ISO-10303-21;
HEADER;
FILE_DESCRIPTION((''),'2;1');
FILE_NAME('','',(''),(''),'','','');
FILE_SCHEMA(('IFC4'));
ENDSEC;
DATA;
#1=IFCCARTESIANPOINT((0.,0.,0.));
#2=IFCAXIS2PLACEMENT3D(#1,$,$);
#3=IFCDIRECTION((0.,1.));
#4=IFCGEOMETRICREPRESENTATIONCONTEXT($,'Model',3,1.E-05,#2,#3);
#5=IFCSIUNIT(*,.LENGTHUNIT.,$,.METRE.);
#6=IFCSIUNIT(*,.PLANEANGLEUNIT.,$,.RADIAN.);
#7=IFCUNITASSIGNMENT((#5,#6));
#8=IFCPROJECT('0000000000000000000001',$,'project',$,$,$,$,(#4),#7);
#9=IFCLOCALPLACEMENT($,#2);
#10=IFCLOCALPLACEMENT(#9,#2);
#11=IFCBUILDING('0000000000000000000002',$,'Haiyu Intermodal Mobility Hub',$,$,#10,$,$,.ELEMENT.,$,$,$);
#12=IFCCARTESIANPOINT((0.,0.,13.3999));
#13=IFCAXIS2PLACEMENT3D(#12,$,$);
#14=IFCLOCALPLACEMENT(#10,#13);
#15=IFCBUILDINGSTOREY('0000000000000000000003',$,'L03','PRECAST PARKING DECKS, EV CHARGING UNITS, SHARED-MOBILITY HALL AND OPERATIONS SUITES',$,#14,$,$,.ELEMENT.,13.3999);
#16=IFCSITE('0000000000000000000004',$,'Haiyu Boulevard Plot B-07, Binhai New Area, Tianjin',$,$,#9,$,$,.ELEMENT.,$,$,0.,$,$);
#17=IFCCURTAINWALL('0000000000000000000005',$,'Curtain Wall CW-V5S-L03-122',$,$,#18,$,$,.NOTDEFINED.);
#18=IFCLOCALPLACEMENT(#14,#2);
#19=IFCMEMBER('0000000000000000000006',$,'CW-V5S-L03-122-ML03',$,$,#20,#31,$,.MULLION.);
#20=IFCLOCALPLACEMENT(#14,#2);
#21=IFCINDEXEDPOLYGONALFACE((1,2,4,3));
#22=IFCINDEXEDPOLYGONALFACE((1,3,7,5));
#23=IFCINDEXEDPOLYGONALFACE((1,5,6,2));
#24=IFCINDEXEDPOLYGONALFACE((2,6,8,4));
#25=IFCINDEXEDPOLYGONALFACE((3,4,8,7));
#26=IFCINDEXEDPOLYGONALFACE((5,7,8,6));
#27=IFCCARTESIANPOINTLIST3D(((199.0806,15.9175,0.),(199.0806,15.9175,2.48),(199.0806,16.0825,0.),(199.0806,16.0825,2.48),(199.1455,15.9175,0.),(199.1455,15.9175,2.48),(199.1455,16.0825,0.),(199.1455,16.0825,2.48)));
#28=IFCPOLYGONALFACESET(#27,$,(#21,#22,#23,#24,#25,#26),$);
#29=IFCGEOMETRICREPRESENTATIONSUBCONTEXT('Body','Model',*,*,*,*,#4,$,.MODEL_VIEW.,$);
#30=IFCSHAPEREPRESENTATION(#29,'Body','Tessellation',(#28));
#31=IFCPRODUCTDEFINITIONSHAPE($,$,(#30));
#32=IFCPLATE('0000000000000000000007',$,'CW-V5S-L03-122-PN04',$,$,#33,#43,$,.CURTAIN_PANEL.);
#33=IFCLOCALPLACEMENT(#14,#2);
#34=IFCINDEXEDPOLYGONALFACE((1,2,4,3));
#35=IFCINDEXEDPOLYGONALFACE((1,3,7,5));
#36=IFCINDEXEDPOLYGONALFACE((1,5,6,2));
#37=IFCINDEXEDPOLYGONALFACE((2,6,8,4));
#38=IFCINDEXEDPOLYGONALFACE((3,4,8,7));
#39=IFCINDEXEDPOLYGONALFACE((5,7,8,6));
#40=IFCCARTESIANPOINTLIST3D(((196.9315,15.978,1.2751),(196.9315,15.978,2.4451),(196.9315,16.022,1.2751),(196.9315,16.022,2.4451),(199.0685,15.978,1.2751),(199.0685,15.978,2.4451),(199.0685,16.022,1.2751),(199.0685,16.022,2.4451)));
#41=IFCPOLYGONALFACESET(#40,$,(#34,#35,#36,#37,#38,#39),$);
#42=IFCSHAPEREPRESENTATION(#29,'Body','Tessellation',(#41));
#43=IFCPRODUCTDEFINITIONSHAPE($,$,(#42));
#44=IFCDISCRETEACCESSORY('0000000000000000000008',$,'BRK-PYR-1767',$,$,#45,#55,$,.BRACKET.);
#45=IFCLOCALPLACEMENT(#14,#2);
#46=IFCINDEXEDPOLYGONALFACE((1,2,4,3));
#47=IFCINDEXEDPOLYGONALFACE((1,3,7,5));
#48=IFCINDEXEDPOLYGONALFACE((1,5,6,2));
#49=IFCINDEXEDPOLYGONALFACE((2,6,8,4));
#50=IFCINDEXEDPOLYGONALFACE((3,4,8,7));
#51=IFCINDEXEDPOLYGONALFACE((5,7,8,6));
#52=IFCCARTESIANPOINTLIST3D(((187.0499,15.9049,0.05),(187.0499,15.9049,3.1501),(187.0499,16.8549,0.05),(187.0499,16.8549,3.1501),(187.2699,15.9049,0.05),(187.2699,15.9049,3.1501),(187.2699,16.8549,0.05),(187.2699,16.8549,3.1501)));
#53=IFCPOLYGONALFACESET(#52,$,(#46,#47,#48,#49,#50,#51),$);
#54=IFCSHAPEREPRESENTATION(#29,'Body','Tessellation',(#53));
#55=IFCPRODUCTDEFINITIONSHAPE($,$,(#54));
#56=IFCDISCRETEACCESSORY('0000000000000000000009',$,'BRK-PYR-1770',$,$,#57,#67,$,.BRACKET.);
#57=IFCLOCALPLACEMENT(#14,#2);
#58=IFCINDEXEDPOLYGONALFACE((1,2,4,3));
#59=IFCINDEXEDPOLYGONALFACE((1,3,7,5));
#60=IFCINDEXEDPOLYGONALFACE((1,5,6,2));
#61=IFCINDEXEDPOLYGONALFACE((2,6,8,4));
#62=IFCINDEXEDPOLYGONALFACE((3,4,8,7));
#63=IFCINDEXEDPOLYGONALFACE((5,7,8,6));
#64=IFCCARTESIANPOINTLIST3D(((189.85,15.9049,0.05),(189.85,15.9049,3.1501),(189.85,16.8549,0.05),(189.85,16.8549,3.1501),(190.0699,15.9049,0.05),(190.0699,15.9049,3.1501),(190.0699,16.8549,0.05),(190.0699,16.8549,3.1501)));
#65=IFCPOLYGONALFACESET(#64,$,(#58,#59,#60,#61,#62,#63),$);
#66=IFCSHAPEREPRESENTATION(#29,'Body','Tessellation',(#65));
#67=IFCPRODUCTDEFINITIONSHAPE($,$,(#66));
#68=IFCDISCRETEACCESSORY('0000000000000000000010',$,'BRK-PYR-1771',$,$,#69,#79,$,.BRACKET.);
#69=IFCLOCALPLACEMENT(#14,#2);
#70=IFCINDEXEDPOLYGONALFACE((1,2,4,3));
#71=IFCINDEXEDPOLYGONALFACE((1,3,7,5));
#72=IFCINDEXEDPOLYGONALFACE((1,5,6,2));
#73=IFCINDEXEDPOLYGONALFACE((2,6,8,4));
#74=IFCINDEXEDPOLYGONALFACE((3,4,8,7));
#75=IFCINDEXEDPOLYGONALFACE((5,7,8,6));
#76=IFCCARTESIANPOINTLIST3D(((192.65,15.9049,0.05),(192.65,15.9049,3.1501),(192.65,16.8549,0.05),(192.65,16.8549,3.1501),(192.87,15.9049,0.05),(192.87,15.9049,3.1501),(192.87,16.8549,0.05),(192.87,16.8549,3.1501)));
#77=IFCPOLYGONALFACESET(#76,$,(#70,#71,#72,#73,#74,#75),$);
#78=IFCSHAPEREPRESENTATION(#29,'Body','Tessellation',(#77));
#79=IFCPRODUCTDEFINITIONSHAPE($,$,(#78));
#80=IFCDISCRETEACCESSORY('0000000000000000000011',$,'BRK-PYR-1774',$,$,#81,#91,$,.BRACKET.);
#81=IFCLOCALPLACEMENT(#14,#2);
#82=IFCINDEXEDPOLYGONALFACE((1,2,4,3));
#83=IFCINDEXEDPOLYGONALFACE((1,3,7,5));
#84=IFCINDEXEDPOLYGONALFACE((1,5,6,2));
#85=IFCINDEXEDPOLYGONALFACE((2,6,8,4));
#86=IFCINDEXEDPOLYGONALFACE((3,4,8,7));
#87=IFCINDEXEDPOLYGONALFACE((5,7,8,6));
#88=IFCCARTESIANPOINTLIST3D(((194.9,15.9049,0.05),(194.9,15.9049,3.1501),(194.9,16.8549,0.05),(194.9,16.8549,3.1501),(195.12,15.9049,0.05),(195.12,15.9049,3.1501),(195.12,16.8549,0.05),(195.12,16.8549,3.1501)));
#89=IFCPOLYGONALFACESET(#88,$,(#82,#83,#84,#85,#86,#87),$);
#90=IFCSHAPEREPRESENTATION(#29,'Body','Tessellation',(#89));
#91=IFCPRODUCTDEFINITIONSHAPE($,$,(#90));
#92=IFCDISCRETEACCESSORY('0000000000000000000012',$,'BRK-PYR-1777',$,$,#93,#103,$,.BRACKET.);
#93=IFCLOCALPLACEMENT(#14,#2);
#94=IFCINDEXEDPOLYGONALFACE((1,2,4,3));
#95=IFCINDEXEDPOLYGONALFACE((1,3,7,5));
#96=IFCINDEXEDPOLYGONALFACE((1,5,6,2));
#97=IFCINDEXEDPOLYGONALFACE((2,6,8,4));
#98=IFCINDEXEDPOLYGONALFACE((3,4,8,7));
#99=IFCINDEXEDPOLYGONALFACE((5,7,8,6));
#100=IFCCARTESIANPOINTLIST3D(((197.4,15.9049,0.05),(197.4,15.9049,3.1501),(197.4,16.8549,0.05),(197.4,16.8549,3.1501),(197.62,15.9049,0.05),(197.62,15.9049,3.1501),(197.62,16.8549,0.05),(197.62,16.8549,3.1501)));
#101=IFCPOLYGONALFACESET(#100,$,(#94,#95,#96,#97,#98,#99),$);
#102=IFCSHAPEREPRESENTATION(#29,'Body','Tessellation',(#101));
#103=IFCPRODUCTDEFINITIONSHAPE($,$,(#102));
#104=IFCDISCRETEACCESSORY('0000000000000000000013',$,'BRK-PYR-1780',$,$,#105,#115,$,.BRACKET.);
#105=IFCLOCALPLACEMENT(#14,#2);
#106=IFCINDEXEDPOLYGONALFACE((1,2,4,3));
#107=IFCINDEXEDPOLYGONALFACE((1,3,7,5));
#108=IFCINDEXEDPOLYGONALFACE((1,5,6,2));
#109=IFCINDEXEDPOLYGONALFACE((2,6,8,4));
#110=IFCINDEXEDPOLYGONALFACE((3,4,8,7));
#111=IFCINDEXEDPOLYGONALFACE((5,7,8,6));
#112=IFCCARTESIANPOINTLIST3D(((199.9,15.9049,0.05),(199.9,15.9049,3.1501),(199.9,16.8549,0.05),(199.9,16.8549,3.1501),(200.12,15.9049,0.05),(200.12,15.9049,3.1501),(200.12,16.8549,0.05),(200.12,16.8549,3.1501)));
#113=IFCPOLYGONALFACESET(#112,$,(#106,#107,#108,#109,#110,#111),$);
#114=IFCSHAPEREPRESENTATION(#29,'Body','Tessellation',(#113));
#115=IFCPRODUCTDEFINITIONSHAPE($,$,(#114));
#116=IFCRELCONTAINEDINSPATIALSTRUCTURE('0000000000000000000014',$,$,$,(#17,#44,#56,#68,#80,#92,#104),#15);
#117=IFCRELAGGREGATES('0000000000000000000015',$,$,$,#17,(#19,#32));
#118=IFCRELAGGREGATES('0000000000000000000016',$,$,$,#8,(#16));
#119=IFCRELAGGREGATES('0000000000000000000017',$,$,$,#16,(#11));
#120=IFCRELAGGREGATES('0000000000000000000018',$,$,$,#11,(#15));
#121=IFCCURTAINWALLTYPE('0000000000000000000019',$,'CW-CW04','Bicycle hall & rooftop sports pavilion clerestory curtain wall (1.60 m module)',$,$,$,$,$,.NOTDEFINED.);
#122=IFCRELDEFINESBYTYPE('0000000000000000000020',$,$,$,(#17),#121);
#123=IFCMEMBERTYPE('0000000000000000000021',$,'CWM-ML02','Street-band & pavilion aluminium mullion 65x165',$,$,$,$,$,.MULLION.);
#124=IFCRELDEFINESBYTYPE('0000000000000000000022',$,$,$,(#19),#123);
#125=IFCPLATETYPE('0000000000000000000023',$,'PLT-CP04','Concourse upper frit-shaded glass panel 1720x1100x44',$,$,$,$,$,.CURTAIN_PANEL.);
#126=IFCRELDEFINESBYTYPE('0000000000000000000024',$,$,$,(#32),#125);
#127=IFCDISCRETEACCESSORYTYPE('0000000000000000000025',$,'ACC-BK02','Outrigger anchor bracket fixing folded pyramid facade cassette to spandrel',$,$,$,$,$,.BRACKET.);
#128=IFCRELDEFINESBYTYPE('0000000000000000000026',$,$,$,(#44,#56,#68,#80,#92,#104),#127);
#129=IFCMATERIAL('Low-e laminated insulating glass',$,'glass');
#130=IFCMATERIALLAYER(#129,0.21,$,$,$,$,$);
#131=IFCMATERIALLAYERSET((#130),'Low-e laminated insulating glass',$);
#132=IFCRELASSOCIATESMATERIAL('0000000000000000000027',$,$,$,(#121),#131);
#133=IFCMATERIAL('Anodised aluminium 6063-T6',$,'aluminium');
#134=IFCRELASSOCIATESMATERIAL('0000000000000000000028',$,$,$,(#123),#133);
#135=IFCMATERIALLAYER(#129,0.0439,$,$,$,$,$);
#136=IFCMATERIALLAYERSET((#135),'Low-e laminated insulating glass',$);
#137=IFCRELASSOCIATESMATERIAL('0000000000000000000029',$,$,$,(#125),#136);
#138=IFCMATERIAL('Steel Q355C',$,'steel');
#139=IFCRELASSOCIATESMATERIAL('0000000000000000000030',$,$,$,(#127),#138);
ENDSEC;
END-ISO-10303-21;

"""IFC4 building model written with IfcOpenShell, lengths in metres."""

from ifc_helpers import new_model, si_unit, direction, frame, origin, origin_2d, place, context, subcontext, project, spatial, rectangle, extrude, material, layer, layer_set, material_profile, profile_set, type_object, element, aggregate, save


model = new_model("IFC4")

# Units and contexts
model_context = context("Model", 3, precision=1e-05, world=origin(), true_north=direction((0.0, 1.0)))
body_context = subcontext(model_context, "Body", "Model", "MODEL_VIEW")
ifc_project = project(units=[si_unit("LENGTHUNIT", "METRE"), si_unit("PLANEANGLEUNIT", "RADIAN")], contexts=[model_context])

# Site, building, storey
site_placement = place(None, origin())
site = spatial("IfcSite", under=ifc_project, at=site_placement, Name="Haiyu Boulevard Plot B-07, Binhai New Area, Tianjin", CompositionType="ELEMENT", RefElevation=0.0)
building_placement = place(site_placement, origin())
building = spatial("IfcBuilding", under=site, at=building_placement, Name="Haiyu Intermodal Mobility Hub", CompositionType="ELEMENT")
storey_placement = place(building_placement, frame((0.0, 0.0, 13.3999)))
storey = spatial("IfcBuildingStorey", under=building, at=storey_placement, Name="L03", Description="PRECAST PARKING DECKS, EV CHARGING UNITS, SHARED-MOBILITY HALL AND OPERATIONS SUITES", CompositionType="ELEMENT", Elevation=13.3999)

# Curtain wall, member, plate
ifc_material_1 = material(Name="Low-e laminated insulating glass", Category="glass")
ifc_layer_1 = layer(ifc_material_1, 0.21)
ifc_layer_set_1 = layer_set([ifc_layer_1], Name="Low-e laminated insulating glass")
curtain_wall_type = type_object("IfcCurtainWallType", Name="CW-CW04", Description="Bicycle hall & rooftop sports pavilion clerestory curtain wall (1.60 m module)", PredefinedType="NOTDEFINED", material=ifc_layer_set_1)
curtain_wall_placement = place(storey_placement, origin())
curtain_wall = element("IfcCurtainWall", 1, at=curtain_wall_placement, inside=storey, type_object=curtain_wall_type, Name="Curtain Wall CW-V5S-L03-122", PredefinedType="NOTDEFINED")
ifc_material_2 = material(Name="Anodised aluminium 6063-T6", Category="aluminium")
ifc_material_profile_1 = material_profile(ifc_material_2, rectangle(XDim=0.0649, YDim=0.165, at=origin_2d()), Name="ALU65x165")
ifc_profile_set_1 = profile_set([ifc_material_profile_1], Name="Anodised aluminium 6063-T6")
member_type = type_object("IfcMemberType", Name="CWM-ML02", Description="Street-band & pavilion aluminium mullion 65x165", PredefinedType="MULLION", material=ifc_profile_set_1)
member_placement = place(storey_placement, frame((199.113, 16.0, 0.0), z_axis=(0.0, 0.0, 1.0), x_axis=(1.0, 0.0, 0.0)))
member = element("IfcMember", 2, at=member_placement, type_object=member_type, Name="CW-V5S-L03-122-ML03", PredefinedType="MULLION", context=body_context, shape_type="SweptSolid", body=[
    extrude(rectangle(XDim=0.0649, YDim=0.165, at=origin_2d()), origin(), (0.0, 0.0, 1.0), 2.48),
])
ifc_layer_2 = layer(ifc_material_1, 0.0439)
ifc_layer_set_2 = layer_set([ifc_layer_2], Name="Low-e laminated insulating glass")
plate_type = type_object("IfcPlateType", Name="PLT-CP04", Description="Concourse upper frit-shaded glass panel 1720x1100x44", PredefinedType="CURTAIN_PANEL", material=ifc_layer_set_2)
plate_placement = place(storey_placement, frame((198.0, 16.0, 1.2751), z_axis=(0.0, 0.0, 1.0), x_axis=(1.0, 0.0, 0.0)))
plate = element("IfcPlate", 3, at=plate_placement, type_object=plate_type, Name="CW-V5S-L03-122-PN04", PredefinedType="CURTAIN_PANEL", context=body_context, shape_type="SweptSolid", body=[
    extrude(rectangle(XDim=2.137, YDim=0.0439, at=origin_2d()), origin(), (0.0, 0.0, 1.0), 1.1699),
])
aggregate(curtain_wall, [member, plate])

# Shared definitions
ifc_material_3 = material(Name="Steel Q355C", Category="steel")

# Discrete accessories
discrete_accessory_type = type_object("IfcDiscreteAccessoryType", Name="ACC-BK02", Description="Outrigger anchor bracket fixing folded pyramid facade cassette to spandrel", PredefinedType="BRACKET", material=ifc_material_3)
for number, where, z_axis, x_axis, name in (
    (4, (187.1599, 16.3799, 0.05), (0.0, 0.0, 1.0), (1.0, 0.0, 0.0), "BRK-PYR-1767"),
    (5, (189.96, 16.3799, 0.05), (0.0, 0.0, 1.0), (1.0, 0.0, 0.0), "BRK-PYR-1770"),
    (6, (192.76, 16.3799, 0.05), (0.0, 0.0, 1.0), (1.0, 0.0, 0.0), "BRK-PYR-1771"),
    (7, (195.01, 16.3799, 0.05), (0.0, 0.0, 1.0), (1.0, 0.0, 0.0), "BRK-PYR-1774"),
    (8, (197.51, 16.3799, 0.05), (0.0, 0.0, 1.0), (1.0, 0.0, 0.0), "BRK-PYR-1777"),
    (9, (200.01, 16.3799, 0.05), (0.0, 0.0, 1.0), (1.0, 0.0, 0.0), "BRK-PYR-1780"),
):
    element("IfcDiscreteAccessory", number, at=place(storey_placement, frame(where, z_axis=z_axis, x_axis=x_axis)), inside=storey, type_object=discrete_accessory_type, Name=name, PredefinedType="BRACKET", context=body_context, shape_type="SweptSolid", body=[
        extrude(rectangle(XDim=0.22, YDim=0.95, at=origin_2d()), origin(), (0.0, 0.0, 1.0), 3.1001),
    ])

save(model, "model.ifc")
